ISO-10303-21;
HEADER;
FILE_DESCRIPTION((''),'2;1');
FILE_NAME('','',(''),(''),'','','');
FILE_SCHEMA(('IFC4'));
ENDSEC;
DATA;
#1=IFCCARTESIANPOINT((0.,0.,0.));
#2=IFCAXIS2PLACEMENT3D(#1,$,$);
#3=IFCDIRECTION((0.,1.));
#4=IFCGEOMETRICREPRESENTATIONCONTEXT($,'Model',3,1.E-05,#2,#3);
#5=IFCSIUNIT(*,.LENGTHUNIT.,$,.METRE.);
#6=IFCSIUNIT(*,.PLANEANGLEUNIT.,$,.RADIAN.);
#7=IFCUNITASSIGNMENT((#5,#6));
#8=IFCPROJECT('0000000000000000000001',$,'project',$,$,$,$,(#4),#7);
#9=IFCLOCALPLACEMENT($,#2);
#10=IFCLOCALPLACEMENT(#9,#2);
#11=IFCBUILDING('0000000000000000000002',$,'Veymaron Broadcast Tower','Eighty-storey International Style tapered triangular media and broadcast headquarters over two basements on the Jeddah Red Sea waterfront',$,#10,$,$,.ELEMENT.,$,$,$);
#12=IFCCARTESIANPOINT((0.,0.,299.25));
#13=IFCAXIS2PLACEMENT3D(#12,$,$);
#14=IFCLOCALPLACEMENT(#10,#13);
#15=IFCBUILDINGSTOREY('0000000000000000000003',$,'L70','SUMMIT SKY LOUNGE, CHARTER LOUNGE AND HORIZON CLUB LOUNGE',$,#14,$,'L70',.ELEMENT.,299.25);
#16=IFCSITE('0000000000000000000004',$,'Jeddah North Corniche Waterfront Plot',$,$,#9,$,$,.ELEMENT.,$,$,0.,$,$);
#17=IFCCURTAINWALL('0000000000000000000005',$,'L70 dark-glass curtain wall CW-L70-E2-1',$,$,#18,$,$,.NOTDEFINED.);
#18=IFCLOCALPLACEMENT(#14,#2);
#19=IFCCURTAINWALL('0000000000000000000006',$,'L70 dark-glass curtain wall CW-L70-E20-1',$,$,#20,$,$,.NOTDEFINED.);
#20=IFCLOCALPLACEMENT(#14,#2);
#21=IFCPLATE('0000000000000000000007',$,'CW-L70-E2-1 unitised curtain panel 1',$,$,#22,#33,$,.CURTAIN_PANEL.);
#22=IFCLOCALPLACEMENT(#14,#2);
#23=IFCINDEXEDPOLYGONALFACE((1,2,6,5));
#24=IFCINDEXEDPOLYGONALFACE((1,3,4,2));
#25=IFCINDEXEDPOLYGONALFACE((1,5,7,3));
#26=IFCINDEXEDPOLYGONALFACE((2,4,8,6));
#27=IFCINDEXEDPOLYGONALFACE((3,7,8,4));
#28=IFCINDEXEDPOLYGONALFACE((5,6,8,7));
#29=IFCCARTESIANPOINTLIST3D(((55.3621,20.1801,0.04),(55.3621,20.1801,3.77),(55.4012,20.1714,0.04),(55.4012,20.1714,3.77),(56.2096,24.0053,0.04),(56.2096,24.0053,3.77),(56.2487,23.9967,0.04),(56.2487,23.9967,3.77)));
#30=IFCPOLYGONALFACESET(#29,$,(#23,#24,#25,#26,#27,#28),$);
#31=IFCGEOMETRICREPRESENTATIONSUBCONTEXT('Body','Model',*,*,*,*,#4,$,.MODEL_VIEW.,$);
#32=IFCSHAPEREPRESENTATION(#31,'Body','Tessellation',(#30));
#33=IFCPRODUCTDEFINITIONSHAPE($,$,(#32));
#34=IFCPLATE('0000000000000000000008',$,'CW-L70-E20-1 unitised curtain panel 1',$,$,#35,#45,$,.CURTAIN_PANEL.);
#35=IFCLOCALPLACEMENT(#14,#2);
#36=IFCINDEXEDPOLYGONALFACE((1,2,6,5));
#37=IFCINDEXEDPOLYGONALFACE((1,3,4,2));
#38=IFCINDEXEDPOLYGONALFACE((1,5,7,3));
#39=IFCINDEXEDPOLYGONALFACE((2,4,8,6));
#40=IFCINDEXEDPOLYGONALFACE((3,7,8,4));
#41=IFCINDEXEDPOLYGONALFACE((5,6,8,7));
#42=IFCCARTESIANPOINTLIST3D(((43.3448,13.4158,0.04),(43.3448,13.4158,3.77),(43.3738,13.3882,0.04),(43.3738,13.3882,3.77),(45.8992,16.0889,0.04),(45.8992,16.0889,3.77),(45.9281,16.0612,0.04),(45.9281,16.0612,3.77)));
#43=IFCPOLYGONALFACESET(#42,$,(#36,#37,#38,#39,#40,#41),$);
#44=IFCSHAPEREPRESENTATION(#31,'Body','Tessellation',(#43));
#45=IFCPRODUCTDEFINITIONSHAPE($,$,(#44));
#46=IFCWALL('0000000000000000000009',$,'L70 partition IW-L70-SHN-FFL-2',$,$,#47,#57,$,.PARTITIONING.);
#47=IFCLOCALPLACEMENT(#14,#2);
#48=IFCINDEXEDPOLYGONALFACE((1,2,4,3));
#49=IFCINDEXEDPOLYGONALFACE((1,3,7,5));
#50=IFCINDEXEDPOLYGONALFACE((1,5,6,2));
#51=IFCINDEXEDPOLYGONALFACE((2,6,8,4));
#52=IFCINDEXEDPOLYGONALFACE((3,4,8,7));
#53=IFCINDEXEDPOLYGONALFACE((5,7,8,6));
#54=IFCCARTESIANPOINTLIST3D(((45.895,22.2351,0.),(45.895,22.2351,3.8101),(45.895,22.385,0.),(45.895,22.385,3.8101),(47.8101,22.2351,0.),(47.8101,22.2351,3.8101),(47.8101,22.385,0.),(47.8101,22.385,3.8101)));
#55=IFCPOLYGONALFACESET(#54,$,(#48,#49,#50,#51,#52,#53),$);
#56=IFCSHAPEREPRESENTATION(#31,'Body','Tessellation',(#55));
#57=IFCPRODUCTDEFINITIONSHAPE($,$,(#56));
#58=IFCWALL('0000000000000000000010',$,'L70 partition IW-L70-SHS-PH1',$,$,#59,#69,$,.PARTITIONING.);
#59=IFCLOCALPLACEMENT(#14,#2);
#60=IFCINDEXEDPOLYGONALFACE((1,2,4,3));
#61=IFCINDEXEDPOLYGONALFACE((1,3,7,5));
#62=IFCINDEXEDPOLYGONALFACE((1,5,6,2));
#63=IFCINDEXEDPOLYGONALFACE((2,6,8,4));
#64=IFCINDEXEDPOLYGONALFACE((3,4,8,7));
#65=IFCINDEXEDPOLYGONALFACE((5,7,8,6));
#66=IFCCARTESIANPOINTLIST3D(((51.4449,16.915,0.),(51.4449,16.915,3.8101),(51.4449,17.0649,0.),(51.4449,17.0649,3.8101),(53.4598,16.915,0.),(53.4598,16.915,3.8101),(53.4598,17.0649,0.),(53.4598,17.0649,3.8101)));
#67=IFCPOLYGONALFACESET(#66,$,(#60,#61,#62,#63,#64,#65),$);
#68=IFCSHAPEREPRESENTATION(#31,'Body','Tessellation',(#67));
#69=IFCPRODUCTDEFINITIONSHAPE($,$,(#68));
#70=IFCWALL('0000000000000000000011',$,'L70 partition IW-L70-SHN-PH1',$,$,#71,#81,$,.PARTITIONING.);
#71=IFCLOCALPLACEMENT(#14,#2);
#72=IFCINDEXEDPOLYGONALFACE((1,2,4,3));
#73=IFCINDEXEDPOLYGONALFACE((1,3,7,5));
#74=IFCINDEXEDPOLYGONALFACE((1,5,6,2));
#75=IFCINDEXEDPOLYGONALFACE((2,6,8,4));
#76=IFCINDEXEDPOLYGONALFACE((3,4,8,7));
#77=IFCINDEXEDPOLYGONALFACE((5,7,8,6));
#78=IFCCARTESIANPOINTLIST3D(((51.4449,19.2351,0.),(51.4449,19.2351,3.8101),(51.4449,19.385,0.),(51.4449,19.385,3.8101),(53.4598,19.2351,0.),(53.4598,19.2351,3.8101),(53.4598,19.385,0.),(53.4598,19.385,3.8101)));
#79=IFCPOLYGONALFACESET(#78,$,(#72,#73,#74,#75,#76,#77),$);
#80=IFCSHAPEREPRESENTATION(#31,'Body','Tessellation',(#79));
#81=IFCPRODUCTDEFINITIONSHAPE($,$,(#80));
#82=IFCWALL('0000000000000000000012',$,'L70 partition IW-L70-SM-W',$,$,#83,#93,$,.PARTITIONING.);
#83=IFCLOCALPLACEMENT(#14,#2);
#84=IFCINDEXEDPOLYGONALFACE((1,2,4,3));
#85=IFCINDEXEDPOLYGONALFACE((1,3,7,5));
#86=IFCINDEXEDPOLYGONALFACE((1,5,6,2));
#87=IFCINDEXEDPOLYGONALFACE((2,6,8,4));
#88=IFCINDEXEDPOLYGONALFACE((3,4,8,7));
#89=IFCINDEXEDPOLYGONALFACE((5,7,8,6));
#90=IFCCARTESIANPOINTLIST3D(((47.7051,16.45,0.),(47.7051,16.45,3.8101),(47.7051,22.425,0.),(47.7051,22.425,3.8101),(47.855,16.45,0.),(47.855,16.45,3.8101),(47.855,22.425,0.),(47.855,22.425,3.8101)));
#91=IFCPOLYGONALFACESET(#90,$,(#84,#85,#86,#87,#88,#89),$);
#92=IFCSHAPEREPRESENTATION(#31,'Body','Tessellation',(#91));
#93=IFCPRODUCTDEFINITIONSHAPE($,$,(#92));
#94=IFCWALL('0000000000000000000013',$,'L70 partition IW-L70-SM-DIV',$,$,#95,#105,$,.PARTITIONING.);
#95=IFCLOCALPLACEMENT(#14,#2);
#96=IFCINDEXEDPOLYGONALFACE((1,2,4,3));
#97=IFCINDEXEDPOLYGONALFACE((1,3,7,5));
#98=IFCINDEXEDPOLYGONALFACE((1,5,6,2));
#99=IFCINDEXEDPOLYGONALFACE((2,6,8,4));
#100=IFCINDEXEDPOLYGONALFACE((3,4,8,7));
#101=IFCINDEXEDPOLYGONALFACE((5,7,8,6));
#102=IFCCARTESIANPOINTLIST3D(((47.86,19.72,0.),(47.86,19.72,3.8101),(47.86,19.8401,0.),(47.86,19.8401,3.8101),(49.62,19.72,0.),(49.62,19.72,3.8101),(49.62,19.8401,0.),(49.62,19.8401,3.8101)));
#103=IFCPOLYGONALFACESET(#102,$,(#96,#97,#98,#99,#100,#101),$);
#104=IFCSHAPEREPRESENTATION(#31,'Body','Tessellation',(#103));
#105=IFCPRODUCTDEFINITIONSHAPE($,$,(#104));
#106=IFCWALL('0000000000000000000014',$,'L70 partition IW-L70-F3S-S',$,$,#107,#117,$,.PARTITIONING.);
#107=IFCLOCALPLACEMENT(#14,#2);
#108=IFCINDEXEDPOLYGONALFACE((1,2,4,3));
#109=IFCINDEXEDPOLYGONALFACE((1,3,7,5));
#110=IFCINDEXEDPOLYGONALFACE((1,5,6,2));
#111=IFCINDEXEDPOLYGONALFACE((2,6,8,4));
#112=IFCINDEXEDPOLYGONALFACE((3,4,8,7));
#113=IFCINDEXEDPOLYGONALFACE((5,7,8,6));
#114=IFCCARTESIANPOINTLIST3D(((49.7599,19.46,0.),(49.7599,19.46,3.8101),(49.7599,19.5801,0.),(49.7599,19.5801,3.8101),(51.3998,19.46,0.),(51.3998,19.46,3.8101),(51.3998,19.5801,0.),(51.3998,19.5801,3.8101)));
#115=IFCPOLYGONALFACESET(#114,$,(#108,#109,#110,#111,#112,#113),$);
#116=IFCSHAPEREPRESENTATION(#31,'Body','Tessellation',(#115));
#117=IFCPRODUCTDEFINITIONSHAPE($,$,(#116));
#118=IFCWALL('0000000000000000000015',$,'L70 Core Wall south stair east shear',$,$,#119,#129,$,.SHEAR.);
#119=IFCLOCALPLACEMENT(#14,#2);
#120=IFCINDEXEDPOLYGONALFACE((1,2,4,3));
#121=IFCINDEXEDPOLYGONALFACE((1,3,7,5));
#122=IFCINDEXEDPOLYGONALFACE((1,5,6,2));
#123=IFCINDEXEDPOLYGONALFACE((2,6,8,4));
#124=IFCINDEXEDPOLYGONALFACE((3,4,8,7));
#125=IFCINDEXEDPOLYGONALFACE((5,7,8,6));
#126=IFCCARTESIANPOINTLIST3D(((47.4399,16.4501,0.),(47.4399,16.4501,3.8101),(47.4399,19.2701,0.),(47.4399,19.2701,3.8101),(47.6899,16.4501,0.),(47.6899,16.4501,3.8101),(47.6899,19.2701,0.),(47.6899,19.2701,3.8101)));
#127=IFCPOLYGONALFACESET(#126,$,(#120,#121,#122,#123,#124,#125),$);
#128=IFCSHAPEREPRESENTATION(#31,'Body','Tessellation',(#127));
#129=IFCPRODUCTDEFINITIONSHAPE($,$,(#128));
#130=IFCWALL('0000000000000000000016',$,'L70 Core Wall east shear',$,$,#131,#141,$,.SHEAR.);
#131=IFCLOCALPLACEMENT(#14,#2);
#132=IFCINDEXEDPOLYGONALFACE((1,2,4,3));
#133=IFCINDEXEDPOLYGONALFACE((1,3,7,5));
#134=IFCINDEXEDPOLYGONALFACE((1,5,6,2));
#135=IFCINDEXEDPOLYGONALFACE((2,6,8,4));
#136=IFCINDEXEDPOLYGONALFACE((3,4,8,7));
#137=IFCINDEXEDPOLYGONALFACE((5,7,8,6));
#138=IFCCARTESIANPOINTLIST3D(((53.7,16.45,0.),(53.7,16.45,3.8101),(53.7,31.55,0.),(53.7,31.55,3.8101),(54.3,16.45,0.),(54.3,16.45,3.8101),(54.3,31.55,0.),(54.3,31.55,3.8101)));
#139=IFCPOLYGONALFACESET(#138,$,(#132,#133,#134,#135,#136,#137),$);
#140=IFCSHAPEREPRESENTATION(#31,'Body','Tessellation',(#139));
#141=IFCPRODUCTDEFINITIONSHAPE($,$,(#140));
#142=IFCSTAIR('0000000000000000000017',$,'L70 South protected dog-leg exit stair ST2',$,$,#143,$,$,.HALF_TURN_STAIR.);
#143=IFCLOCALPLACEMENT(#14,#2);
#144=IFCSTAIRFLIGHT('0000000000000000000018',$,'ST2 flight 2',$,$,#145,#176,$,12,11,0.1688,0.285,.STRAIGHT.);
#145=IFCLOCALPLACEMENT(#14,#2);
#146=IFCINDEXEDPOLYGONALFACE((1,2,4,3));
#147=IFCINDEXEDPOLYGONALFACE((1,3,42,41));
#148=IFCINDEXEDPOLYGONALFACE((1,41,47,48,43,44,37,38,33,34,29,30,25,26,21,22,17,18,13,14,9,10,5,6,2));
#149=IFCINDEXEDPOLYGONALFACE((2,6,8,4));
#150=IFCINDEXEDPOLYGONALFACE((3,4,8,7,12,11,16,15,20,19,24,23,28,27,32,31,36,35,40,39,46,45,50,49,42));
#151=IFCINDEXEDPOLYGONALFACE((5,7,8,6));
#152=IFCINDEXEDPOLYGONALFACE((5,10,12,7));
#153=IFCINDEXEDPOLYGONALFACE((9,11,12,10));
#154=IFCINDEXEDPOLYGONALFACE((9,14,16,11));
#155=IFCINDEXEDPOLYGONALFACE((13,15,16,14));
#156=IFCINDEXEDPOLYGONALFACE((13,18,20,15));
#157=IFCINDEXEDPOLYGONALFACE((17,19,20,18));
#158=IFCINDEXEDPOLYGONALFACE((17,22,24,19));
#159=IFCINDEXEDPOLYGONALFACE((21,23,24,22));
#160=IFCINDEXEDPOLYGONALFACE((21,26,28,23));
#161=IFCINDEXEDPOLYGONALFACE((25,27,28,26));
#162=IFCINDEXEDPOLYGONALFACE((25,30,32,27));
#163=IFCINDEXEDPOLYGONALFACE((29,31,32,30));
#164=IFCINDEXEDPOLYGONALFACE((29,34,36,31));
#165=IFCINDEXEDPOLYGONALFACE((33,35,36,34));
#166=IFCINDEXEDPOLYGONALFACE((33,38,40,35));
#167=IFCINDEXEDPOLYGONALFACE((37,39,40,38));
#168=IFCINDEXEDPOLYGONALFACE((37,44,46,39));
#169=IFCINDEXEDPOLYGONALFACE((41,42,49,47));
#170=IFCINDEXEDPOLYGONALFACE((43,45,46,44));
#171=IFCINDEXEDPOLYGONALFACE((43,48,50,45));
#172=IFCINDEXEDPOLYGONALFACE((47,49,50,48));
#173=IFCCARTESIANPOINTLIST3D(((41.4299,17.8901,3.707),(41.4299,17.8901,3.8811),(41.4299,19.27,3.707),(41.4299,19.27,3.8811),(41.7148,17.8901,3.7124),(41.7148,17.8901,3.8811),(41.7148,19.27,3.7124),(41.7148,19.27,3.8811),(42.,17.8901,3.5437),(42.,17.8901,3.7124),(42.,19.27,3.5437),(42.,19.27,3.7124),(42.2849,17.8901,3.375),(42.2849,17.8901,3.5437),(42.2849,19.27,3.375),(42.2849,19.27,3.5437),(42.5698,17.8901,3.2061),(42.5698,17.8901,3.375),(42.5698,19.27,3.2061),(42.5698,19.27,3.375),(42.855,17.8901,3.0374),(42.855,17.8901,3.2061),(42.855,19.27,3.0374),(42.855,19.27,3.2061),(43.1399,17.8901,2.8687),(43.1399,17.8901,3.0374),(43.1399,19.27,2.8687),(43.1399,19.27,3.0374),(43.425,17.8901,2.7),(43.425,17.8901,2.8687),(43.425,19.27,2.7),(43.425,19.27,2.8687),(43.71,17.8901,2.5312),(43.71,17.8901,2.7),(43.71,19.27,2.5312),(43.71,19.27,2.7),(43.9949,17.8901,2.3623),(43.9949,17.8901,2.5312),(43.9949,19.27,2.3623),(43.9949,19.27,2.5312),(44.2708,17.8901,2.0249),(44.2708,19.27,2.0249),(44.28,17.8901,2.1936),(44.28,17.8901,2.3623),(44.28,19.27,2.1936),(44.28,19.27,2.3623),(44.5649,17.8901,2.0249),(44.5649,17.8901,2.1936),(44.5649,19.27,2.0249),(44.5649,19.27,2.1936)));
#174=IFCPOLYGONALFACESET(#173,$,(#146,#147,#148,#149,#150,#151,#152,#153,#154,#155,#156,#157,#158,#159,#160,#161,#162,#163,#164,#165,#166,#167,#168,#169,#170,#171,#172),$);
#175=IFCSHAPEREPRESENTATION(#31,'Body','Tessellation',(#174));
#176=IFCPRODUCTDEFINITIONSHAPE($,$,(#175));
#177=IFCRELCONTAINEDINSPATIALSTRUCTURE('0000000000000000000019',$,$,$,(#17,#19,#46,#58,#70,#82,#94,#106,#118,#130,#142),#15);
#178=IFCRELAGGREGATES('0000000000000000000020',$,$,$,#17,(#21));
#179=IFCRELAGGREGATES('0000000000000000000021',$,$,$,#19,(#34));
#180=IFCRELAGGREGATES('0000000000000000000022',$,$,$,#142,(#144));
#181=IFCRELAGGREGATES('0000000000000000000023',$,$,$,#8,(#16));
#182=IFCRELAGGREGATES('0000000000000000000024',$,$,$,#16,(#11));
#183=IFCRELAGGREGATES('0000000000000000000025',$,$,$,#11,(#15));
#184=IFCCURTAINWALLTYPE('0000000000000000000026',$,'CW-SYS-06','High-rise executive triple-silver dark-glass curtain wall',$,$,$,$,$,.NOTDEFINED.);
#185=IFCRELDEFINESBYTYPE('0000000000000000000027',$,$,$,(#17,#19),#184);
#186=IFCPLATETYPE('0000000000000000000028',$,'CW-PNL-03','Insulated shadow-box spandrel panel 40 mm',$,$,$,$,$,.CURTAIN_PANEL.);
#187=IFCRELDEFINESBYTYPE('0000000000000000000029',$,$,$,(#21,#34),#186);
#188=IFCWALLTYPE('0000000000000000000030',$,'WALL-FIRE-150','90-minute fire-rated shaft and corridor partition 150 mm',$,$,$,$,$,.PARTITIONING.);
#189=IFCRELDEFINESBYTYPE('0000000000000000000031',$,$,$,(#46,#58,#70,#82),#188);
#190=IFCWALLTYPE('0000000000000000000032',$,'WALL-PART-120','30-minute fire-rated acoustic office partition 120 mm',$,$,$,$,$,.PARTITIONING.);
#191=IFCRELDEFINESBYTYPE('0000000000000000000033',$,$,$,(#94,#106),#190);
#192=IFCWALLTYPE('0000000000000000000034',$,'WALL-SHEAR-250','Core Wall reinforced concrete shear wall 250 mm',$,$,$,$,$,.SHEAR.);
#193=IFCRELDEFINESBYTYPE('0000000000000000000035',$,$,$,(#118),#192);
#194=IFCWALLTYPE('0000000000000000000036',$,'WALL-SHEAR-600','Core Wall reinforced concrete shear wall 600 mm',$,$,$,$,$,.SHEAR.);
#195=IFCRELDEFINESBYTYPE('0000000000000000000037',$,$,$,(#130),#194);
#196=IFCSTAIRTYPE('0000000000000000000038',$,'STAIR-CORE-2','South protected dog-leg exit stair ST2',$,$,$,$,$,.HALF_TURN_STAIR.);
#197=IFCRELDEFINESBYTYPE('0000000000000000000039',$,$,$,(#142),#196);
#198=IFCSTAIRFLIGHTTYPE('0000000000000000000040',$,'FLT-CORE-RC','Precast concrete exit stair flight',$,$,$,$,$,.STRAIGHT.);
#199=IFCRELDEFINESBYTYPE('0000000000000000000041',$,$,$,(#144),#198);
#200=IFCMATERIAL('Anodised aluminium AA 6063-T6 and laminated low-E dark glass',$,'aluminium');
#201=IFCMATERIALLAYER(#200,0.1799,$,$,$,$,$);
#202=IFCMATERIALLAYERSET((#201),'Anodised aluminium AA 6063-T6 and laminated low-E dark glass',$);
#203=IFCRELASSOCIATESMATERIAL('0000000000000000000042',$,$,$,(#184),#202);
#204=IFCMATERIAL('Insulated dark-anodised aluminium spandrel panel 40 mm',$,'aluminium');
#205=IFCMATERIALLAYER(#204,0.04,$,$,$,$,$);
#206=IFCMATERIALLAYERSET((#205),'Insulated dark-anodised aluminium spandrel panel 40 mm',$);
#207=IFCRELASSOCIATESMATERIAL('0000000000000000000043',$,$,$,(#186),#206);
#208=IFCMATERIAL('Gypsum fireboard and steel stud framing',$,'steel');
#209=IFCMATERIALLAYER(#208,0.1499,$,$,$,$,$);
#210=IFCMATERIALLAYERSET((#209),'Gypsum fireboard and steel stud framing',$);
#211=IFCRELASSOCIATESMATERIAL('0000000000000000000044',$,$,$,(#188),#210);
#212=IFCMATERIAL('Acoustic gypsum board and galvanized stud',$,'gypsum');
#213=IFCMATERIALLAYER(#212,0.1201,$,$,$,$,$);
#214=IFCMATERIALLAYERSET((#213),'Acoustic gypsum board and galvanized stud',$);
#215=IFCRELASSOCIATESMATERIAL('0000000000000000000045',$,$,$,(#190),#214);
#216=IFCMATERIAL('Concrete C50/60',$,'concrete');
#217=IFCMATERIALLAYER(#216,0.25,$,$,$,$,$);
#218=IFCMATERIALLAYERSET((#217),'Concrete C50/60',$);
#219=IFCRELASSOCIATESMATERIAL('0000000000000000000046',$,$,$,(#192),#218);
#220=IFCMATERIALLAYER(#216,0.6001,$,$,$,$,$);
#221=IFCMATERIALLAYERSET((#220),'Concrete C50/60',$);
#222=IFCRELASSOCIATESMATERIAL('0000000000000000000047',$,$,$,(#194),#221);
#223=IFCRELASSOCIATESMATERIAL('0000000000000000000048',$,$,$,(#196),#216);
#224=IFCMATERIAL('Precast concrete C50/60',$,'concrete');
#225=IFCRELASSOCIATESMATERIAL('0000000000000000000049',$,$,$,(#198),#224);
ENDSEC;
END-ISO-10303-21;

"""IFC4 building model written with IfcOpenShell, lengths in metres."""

from ifc_helpers import new_model, si_unit, direction, frame, frame_2d, origin, origin_2d, place, context, subcontext, project, spatial, polyline, rectangle, outline, extrude, material, layer, layer_set, type_object, element, aggregate, save


model = new_model("IFC4")

# Units and contexts
model_context = context("Model", 3, precision=1e-05, world=origin(), true_north=direction((0.0, 1.0)))
body_context = subcontext(model_context, "Body", "Model", "MODEL_VIEW")
ifc_project = project(units=[si_unit("LENGTHUNIT", "METRE"), si_unit("PLANEANGLEUNIT", "RADIAN")], contexts=[model_context])

# Site, building, storey
site_placement = place(None, origin())
site = spatial("IfcSite", under=ifc_project, at=site_placement, Name="Jeddah North Corniche Waterfront Plot", CompositionType="ELEMENT", RefElevation=0.0)
building_placement = place(site_placement, origin())
building = spatial("IfcBuilding", under=site, at=building_placement, Name="Veymaron Broadcast Tower", Description="Eighty-storey International Style tapered triangular media and broadcast headquarters over two basements on the Jeddah Red Sea waterfront", CompositionType="ELEMENT")
storey_placement = place(building_placement, frame((0.0, 0.0, 299.25)))
storey = spatial("IfcBuildingStorey", under=building, at=storey_placement, Name="L70", Description="SUMMIT SKY LOUNGE, CHARTER LOUNGE AND HORIZON CLUB LOUNGE", LongName="L70", CompositionType="ELEMENT", Elevation=299.25)

# Curtain walls
ifc_material_1 = material(Name="Anodised aluminium AA 6063-T6 and laminated low-E dark glass", Category="aluminium")
ifc_layer_1 = layer(ifc_material_1, 0.1799)
ifc_layer_set_1 = layer_set([ifc_layer_1], Name="Anodised aluminium AA 6063-T6 and laminated low-E dark glass")
curtain_wall_type = type_object("IfcCurtainWallType", Name="CW-SYS-06", Description="High-rise executive triple-silver dark-glass curtain wall", PredefinedType="NOTDEFINED", material=ifc_layer_set_1)
curtain_wall_1_placement = place(storey_placement, origin())
curtain_wall_1 = element("IfcCurtainWall", 1, at=curtain_wall_1_placement, inside=storey, type_object=curtain_wall_type, Name="L70 dark-glass curtain wall CW-L70-E2-1", PredefinedType="NOTDEFINED")
curtain_wall_2_placement = place(storey_placement, origin())
curtain_wall_2 = element("IfcCurtainWall", 2, at=curtain_wall_2_placement, inside=storey, type_object=curtain_wall_type, Name="L70 dark-glass curtain wall CW-L70-E20-1", PredefinedType="NOTDEFINED")

# Plates
ifc_material_2 = material(Name="Insulated dark-anodised aluminium spandrel panel 40 mm", Category="aluminium")
ifc_layer_2 = layer(ifc_material_2, 0.04)
ifc_layer_set_2 = layer_set([ifc_layer_2], Name="Insulated dark-anodised aluminium spandrel panel 40 mm")
plate_type = type_object("IfcPlateType", Name="CW-PNL-03", Description="Insulated shadow-box spandrel panel 40 mm", PredefinedType="CURTAIN_PANEL", material=ifc_layer_set_2)
plate_1_placement = place(storey_placement, frame((55.8054, 22.0884, 0.04), z_axis=(0.0, 0.0, 1.0), x_axis=(0.216303, 0.976326, 0.0)))
plate_1 = element("IfcPlate", 3, at=plate_1_placement, type_object=plate_type, Name="CW-L70-E2-1 unitised curtain panel 1", PredefinedType="CURTAIN_PANEL", context=body_context, shape_type="SweptSolid", body=[
    extrude(rectangle(XDim=3.918, YDim=0.04, at=origin_2d()), origin(), (0.0, 0.0, 1.0), 3.73),
])
aggregate(curtain_wall_1, [plate_1])
plate_2_placement = place(storey_placement, frame((44.6365, 14.7385, 0.04), z_axis=(0.0, 0.0, 1.0), x_axis=(0.69087, 0.722979, 0.0)))
plate_2 = element("IfcPlate", 4, at=plate_2_placement, type_object=plate_type, Name="CW-L70-E20-1 unitised curtain panel 1", PredefinedType="CURTAIN_PANEL", context=body_context, shape_type="SweptSolid", body=[
    extrude(rectangle(XDim=3.6973, YDim=0.04, at=origin_2d()), origin(), (0.0, 0.0, 1.0), 3.73),
])
aggregate(curtain_wall_2, [plate_2])

# Shared definitions
ifc_material_3 = material(Name="Gypsum fireboard and steel stud framing", Category="steel")
ifc_layer_3 = layer(ifc_material_3, 0.1499)
ifc_layer_set_3 = layer_set([ifc_layer_3], Name="Gypsum fireboard and steel stud framing")
wall_type_1 = type_object("IfcWallType", Name="WALL-FIRE-150", Description="90-minute fire-rated shaft and corridor partition 150 mm", PredefinedType="PARTITIONING", material=ifc_layer_set_3)

# Wall
wall_1_placement = place(storey_placement, frame((45.895, 22.3101, 0.0), z_axis=(0.0, 0.0, 1.0), x_axis=(1.0, 0.0, 0.0)))
element("IfcWall", 5, at=wall_1_placement, inside=storey, type_object=wall_type_1, Name="L70 partition IW-L70-SHN-FFL-2", PredefinedType="PARTITIONING", context=body_context, shape_type="SweptSolid", body=[
    extrude(rectangle(XDim=1.915, YDim=0.1499, at=frame_2d((0.9575, 0.0))), origin(), (0.0, 0.0, 1.0), 3.8101),
])

# Walls
for number, where, z_axis, x_axis, name in (
    (6, (51.4451, 16.99, 0.0), (0.0, 0.0, 1.0), (1.0, 0.0, 0.0), "L70 partition IW-L70-SHS-PH1"),
    (7, (51.4451, 19.3101, 0.0), (0.0, 0.0, 1.0), (1.0, 0.0, 0.0), "L70 partition IW-L70-SHN-PH1"),
):
    element("IfcWall", number, at=place(storey_placement, frame(where, z_axis=z_axis, x_axis=x_axis)), inside=storey, type_object=wall_type_1, Name=name, PredefinedType="PARTITIONING", context=body_context, shape_type="SweptSolid", body=[
        extrude(rectangle(XDim=2.0149, YDim=0.1499, at=frame_2d((1.0073, 0.0))), origin(), (0.0, 0.0, 1.0), 3.8101),
    ])

# Walls
wall_2_placement = place(storey_placement, frame((47.78, 16.45, 0.0), z_axis=(0.0, 0.0, 1.0), x_axis=(0.0, 1.0, 0.0)))
element("IfcWall", 8, at=wall_2_placement, inside=storey, type_object=wall_type_1, Name="L70 partition IW-L70-SM-W", PredefinedType="PARTITIONING", context=body_context, shape_type="SweptSolid", body=[
    extrude(rectangle(XDim=5.9751, YDim=0.1499, at=frame_2d((2.9875, 0.0))), origin(), (0.0, 0.0, 1.0), 3.8101),
])
ifc_material_4 = material(Name="Acoustic gypsum board and galvanized stud", Category="gypsum")
ifc_layer_4 = layer(ifc_material_4, 0.1201)
ifc_layer_set_4 = layer_set([ifc_layer_4], Name="Acoustic gypsum board and galvanized stud")
wall_type_2 = type_object("IfcWallType", Name="WALL-PART-120", Description="30-minute fire-rated acoustic office partition 120 mm", PredefinedType="PARTITIONING", material=ifc_layer_set_4)
wall_3_placement = place(storey_placement, frame((47.8601, 19.78, 0.0), z_axis=(0.0, 0.0, 1.0), x_axis=(1.0, 0.0, 0.0)))
element("IfcWall", 9, at=wall_3_placement, inside=storey, type_object=wall_type_2, Name="L70 partition IW-L70-SM-DIV", PredefinedType="PARTITIONING", context=body_context, shape_type="SweptSolid", body=[
    extrude(rectangle(XDim=1.76, YDim=0.1201, at=frame_2d((0.8799, 0.0))), origin(), (0.0, 0.0, 1.0), 3.8101),
])

# Walls
wall_4_placement = place(storey_placement, frame((49.76, 19.52, 0.0), z_axis=(0.0, 0.0, 1.0), x_axis=(1.0, 0.0, 0.0)))
element("IfcWall", 10, at=wall_4_placement, inside=storey, type_object=wall_type_2, Name="L70 partition IW-L70-F3S-S", PredefinedType="PARTITIONING", context=body_context, shape_type="SweptSolid", body=[
    extrude(rectangle(XDim=1.6399, YDim=0.1201, at=frame_2d((0.8198, 0.0))), origin(), (0.0, 0.0, 1.0), 3.8101),
])
ifc_material_5 = material(Name="Concrete C50/60", Category="concrete")
ifc_layer_5 = layer(ifc_material_5, 0.25)
ifc_layer_set_5 = layer_set([ifc_layer_5], Name="Concrete C50/60")
wall_type_3 = type_object("IfcWallType", Name="WALL-SHEAR-250", Description="Core Wall reinforced concrete shear wall 250 mm", PredefinedType="SHEAR", material=ifc_layer_set_5)
wall_5_placement = place(storey_placement, frame((47.5649, 16.45, 0.0), z_axis=(0.0, 0.0, 1.0), x_axis=(0.0, 1.0, 0.0)))
element("IfcWall", 11, at=wall_5_placement, inside=storey, type_object=wall_type_3, Name="L70 Core Wall south stair east shear", PredefinedType="SHEAR", context=body_context, shape_type="SweptSolid", body=[
    extrude(rectangle(XDim=2.8201, YDim=0.25, at=frame_2d((1.4102, 0.0))), origin(), (0.0, 0.0, 1.0), 3.8101),
])
ifc_layer_6 = layer(ifc_material_5, 0.6001)
ifc_layer_set_6 = layer_set([ifc_layer_6], Name="Concrete C50/60")
wall_type_4 = type_object("IfcWallType", Name="WALL-SHEAR-600", Description="Core Wall reinforced concrete shear wall 600 mm", PredefinedType="SHEAR", material=ifc_layer_set_6)
wall_6_placement = place(storey_placement, frame((54.0, 16.45, 0.0), z_axis=(0.0, 0.0, 1.0), x_axis=(0.0, 1.0, 0.0)))
element("IfcWall", 12, at=wall_6_placement, inside=storey, type_object=wall_type_4, Name="L70 Core Wall east shear", PredefinedType="SHEAR", context=body_context, shape_type="SweptSolid", body=[
    extrude(rectangle(XDim=15.1001, YDim=0.6001, at=frame_2d((7.55, 0.0))), origin(), (0.0, 0.0, 1.0), 3.8101),
])

# Stair, stair flight
stair_type = type_object("IfcStairType", Name="STAIR-CORE-2", Description="South protected dog-leg exit stair ST2", PredefinedType="HALF_TURN_STAIR", material=ifc_material_5)
stair_placement = place(storey_placement, origin())
stair = element("IfcStair", 13, at=stair_placement, inside=storey, type_object=stair_type, Name="L70 South protected dog-leg exit stair ST2", PredefinedType="HALF_TURN_STAIR")
ifc_material_6 = material(Name="Precast concrete C50/60", Category="concrete")
stair_flight_type = type_object("IfcStairFlightType", Name="FLT-CORE-RC", Description="Precast concrete exit stair flight", PredefinedType="STRAIGHT", material=ifc_material_6)
stair_flight_placement = place(storey_placement, frame((44.5649, 18.5801, 2.0249), z_axis=(0.0, 0.0, 1.0), x_axis=(-1.0, 0.0, 0.0)))
stair_flight = element("IfcStairFlight", 14, at=stair_flight_placement, type_object=stair_flight_type, Name="ST2 flight 2", NumberOfRisers=12, NumberOfTreads=11, PredefinedType="STRAIGHT", RiserHeight=0.1688, TreadLength=0.285, context=body_context, shape_type="SweptSolid", body=[
    extrude(outline(polyline([(0.0, 0.0), (0.0, 0.1687), (0.2849, 0.1687), (0.2849, 0.3374), (0.5701, 0.3374), (0.5701, 0.5063), (0.855, 0.5063), (0.855, 0.675), (1.1399, 0.675), (1.1399, 0.8438), (1.425, 0.8438), (1.425, 1.0125), (1.71, 1.0125), (1.71, 1.1812), (1.9951, 1.1812), (1.9951, 1.3501), (2.28, 1.3501), (2.28, 1.5188), (2.5649, 1.5188), (2.5649, 1.6875), (2.8501, 1.6875), (2.8501, 1.8562), (3.135, 1.8562), (3.135, 2.0249), (3.135, 1.6821), (0.2942, 0.0), (0.0, 0.0)])), frame((0.0, 0.6899, 0.0), z_axis=(0.0, -1.0, 0.0), x_axis=(1.0, 0.0, 0.0)), (0.0, 0.0, 1.0), 1.3799),
])
aggregate(stair, [stair_flight])

save(model, "model.ifc")
